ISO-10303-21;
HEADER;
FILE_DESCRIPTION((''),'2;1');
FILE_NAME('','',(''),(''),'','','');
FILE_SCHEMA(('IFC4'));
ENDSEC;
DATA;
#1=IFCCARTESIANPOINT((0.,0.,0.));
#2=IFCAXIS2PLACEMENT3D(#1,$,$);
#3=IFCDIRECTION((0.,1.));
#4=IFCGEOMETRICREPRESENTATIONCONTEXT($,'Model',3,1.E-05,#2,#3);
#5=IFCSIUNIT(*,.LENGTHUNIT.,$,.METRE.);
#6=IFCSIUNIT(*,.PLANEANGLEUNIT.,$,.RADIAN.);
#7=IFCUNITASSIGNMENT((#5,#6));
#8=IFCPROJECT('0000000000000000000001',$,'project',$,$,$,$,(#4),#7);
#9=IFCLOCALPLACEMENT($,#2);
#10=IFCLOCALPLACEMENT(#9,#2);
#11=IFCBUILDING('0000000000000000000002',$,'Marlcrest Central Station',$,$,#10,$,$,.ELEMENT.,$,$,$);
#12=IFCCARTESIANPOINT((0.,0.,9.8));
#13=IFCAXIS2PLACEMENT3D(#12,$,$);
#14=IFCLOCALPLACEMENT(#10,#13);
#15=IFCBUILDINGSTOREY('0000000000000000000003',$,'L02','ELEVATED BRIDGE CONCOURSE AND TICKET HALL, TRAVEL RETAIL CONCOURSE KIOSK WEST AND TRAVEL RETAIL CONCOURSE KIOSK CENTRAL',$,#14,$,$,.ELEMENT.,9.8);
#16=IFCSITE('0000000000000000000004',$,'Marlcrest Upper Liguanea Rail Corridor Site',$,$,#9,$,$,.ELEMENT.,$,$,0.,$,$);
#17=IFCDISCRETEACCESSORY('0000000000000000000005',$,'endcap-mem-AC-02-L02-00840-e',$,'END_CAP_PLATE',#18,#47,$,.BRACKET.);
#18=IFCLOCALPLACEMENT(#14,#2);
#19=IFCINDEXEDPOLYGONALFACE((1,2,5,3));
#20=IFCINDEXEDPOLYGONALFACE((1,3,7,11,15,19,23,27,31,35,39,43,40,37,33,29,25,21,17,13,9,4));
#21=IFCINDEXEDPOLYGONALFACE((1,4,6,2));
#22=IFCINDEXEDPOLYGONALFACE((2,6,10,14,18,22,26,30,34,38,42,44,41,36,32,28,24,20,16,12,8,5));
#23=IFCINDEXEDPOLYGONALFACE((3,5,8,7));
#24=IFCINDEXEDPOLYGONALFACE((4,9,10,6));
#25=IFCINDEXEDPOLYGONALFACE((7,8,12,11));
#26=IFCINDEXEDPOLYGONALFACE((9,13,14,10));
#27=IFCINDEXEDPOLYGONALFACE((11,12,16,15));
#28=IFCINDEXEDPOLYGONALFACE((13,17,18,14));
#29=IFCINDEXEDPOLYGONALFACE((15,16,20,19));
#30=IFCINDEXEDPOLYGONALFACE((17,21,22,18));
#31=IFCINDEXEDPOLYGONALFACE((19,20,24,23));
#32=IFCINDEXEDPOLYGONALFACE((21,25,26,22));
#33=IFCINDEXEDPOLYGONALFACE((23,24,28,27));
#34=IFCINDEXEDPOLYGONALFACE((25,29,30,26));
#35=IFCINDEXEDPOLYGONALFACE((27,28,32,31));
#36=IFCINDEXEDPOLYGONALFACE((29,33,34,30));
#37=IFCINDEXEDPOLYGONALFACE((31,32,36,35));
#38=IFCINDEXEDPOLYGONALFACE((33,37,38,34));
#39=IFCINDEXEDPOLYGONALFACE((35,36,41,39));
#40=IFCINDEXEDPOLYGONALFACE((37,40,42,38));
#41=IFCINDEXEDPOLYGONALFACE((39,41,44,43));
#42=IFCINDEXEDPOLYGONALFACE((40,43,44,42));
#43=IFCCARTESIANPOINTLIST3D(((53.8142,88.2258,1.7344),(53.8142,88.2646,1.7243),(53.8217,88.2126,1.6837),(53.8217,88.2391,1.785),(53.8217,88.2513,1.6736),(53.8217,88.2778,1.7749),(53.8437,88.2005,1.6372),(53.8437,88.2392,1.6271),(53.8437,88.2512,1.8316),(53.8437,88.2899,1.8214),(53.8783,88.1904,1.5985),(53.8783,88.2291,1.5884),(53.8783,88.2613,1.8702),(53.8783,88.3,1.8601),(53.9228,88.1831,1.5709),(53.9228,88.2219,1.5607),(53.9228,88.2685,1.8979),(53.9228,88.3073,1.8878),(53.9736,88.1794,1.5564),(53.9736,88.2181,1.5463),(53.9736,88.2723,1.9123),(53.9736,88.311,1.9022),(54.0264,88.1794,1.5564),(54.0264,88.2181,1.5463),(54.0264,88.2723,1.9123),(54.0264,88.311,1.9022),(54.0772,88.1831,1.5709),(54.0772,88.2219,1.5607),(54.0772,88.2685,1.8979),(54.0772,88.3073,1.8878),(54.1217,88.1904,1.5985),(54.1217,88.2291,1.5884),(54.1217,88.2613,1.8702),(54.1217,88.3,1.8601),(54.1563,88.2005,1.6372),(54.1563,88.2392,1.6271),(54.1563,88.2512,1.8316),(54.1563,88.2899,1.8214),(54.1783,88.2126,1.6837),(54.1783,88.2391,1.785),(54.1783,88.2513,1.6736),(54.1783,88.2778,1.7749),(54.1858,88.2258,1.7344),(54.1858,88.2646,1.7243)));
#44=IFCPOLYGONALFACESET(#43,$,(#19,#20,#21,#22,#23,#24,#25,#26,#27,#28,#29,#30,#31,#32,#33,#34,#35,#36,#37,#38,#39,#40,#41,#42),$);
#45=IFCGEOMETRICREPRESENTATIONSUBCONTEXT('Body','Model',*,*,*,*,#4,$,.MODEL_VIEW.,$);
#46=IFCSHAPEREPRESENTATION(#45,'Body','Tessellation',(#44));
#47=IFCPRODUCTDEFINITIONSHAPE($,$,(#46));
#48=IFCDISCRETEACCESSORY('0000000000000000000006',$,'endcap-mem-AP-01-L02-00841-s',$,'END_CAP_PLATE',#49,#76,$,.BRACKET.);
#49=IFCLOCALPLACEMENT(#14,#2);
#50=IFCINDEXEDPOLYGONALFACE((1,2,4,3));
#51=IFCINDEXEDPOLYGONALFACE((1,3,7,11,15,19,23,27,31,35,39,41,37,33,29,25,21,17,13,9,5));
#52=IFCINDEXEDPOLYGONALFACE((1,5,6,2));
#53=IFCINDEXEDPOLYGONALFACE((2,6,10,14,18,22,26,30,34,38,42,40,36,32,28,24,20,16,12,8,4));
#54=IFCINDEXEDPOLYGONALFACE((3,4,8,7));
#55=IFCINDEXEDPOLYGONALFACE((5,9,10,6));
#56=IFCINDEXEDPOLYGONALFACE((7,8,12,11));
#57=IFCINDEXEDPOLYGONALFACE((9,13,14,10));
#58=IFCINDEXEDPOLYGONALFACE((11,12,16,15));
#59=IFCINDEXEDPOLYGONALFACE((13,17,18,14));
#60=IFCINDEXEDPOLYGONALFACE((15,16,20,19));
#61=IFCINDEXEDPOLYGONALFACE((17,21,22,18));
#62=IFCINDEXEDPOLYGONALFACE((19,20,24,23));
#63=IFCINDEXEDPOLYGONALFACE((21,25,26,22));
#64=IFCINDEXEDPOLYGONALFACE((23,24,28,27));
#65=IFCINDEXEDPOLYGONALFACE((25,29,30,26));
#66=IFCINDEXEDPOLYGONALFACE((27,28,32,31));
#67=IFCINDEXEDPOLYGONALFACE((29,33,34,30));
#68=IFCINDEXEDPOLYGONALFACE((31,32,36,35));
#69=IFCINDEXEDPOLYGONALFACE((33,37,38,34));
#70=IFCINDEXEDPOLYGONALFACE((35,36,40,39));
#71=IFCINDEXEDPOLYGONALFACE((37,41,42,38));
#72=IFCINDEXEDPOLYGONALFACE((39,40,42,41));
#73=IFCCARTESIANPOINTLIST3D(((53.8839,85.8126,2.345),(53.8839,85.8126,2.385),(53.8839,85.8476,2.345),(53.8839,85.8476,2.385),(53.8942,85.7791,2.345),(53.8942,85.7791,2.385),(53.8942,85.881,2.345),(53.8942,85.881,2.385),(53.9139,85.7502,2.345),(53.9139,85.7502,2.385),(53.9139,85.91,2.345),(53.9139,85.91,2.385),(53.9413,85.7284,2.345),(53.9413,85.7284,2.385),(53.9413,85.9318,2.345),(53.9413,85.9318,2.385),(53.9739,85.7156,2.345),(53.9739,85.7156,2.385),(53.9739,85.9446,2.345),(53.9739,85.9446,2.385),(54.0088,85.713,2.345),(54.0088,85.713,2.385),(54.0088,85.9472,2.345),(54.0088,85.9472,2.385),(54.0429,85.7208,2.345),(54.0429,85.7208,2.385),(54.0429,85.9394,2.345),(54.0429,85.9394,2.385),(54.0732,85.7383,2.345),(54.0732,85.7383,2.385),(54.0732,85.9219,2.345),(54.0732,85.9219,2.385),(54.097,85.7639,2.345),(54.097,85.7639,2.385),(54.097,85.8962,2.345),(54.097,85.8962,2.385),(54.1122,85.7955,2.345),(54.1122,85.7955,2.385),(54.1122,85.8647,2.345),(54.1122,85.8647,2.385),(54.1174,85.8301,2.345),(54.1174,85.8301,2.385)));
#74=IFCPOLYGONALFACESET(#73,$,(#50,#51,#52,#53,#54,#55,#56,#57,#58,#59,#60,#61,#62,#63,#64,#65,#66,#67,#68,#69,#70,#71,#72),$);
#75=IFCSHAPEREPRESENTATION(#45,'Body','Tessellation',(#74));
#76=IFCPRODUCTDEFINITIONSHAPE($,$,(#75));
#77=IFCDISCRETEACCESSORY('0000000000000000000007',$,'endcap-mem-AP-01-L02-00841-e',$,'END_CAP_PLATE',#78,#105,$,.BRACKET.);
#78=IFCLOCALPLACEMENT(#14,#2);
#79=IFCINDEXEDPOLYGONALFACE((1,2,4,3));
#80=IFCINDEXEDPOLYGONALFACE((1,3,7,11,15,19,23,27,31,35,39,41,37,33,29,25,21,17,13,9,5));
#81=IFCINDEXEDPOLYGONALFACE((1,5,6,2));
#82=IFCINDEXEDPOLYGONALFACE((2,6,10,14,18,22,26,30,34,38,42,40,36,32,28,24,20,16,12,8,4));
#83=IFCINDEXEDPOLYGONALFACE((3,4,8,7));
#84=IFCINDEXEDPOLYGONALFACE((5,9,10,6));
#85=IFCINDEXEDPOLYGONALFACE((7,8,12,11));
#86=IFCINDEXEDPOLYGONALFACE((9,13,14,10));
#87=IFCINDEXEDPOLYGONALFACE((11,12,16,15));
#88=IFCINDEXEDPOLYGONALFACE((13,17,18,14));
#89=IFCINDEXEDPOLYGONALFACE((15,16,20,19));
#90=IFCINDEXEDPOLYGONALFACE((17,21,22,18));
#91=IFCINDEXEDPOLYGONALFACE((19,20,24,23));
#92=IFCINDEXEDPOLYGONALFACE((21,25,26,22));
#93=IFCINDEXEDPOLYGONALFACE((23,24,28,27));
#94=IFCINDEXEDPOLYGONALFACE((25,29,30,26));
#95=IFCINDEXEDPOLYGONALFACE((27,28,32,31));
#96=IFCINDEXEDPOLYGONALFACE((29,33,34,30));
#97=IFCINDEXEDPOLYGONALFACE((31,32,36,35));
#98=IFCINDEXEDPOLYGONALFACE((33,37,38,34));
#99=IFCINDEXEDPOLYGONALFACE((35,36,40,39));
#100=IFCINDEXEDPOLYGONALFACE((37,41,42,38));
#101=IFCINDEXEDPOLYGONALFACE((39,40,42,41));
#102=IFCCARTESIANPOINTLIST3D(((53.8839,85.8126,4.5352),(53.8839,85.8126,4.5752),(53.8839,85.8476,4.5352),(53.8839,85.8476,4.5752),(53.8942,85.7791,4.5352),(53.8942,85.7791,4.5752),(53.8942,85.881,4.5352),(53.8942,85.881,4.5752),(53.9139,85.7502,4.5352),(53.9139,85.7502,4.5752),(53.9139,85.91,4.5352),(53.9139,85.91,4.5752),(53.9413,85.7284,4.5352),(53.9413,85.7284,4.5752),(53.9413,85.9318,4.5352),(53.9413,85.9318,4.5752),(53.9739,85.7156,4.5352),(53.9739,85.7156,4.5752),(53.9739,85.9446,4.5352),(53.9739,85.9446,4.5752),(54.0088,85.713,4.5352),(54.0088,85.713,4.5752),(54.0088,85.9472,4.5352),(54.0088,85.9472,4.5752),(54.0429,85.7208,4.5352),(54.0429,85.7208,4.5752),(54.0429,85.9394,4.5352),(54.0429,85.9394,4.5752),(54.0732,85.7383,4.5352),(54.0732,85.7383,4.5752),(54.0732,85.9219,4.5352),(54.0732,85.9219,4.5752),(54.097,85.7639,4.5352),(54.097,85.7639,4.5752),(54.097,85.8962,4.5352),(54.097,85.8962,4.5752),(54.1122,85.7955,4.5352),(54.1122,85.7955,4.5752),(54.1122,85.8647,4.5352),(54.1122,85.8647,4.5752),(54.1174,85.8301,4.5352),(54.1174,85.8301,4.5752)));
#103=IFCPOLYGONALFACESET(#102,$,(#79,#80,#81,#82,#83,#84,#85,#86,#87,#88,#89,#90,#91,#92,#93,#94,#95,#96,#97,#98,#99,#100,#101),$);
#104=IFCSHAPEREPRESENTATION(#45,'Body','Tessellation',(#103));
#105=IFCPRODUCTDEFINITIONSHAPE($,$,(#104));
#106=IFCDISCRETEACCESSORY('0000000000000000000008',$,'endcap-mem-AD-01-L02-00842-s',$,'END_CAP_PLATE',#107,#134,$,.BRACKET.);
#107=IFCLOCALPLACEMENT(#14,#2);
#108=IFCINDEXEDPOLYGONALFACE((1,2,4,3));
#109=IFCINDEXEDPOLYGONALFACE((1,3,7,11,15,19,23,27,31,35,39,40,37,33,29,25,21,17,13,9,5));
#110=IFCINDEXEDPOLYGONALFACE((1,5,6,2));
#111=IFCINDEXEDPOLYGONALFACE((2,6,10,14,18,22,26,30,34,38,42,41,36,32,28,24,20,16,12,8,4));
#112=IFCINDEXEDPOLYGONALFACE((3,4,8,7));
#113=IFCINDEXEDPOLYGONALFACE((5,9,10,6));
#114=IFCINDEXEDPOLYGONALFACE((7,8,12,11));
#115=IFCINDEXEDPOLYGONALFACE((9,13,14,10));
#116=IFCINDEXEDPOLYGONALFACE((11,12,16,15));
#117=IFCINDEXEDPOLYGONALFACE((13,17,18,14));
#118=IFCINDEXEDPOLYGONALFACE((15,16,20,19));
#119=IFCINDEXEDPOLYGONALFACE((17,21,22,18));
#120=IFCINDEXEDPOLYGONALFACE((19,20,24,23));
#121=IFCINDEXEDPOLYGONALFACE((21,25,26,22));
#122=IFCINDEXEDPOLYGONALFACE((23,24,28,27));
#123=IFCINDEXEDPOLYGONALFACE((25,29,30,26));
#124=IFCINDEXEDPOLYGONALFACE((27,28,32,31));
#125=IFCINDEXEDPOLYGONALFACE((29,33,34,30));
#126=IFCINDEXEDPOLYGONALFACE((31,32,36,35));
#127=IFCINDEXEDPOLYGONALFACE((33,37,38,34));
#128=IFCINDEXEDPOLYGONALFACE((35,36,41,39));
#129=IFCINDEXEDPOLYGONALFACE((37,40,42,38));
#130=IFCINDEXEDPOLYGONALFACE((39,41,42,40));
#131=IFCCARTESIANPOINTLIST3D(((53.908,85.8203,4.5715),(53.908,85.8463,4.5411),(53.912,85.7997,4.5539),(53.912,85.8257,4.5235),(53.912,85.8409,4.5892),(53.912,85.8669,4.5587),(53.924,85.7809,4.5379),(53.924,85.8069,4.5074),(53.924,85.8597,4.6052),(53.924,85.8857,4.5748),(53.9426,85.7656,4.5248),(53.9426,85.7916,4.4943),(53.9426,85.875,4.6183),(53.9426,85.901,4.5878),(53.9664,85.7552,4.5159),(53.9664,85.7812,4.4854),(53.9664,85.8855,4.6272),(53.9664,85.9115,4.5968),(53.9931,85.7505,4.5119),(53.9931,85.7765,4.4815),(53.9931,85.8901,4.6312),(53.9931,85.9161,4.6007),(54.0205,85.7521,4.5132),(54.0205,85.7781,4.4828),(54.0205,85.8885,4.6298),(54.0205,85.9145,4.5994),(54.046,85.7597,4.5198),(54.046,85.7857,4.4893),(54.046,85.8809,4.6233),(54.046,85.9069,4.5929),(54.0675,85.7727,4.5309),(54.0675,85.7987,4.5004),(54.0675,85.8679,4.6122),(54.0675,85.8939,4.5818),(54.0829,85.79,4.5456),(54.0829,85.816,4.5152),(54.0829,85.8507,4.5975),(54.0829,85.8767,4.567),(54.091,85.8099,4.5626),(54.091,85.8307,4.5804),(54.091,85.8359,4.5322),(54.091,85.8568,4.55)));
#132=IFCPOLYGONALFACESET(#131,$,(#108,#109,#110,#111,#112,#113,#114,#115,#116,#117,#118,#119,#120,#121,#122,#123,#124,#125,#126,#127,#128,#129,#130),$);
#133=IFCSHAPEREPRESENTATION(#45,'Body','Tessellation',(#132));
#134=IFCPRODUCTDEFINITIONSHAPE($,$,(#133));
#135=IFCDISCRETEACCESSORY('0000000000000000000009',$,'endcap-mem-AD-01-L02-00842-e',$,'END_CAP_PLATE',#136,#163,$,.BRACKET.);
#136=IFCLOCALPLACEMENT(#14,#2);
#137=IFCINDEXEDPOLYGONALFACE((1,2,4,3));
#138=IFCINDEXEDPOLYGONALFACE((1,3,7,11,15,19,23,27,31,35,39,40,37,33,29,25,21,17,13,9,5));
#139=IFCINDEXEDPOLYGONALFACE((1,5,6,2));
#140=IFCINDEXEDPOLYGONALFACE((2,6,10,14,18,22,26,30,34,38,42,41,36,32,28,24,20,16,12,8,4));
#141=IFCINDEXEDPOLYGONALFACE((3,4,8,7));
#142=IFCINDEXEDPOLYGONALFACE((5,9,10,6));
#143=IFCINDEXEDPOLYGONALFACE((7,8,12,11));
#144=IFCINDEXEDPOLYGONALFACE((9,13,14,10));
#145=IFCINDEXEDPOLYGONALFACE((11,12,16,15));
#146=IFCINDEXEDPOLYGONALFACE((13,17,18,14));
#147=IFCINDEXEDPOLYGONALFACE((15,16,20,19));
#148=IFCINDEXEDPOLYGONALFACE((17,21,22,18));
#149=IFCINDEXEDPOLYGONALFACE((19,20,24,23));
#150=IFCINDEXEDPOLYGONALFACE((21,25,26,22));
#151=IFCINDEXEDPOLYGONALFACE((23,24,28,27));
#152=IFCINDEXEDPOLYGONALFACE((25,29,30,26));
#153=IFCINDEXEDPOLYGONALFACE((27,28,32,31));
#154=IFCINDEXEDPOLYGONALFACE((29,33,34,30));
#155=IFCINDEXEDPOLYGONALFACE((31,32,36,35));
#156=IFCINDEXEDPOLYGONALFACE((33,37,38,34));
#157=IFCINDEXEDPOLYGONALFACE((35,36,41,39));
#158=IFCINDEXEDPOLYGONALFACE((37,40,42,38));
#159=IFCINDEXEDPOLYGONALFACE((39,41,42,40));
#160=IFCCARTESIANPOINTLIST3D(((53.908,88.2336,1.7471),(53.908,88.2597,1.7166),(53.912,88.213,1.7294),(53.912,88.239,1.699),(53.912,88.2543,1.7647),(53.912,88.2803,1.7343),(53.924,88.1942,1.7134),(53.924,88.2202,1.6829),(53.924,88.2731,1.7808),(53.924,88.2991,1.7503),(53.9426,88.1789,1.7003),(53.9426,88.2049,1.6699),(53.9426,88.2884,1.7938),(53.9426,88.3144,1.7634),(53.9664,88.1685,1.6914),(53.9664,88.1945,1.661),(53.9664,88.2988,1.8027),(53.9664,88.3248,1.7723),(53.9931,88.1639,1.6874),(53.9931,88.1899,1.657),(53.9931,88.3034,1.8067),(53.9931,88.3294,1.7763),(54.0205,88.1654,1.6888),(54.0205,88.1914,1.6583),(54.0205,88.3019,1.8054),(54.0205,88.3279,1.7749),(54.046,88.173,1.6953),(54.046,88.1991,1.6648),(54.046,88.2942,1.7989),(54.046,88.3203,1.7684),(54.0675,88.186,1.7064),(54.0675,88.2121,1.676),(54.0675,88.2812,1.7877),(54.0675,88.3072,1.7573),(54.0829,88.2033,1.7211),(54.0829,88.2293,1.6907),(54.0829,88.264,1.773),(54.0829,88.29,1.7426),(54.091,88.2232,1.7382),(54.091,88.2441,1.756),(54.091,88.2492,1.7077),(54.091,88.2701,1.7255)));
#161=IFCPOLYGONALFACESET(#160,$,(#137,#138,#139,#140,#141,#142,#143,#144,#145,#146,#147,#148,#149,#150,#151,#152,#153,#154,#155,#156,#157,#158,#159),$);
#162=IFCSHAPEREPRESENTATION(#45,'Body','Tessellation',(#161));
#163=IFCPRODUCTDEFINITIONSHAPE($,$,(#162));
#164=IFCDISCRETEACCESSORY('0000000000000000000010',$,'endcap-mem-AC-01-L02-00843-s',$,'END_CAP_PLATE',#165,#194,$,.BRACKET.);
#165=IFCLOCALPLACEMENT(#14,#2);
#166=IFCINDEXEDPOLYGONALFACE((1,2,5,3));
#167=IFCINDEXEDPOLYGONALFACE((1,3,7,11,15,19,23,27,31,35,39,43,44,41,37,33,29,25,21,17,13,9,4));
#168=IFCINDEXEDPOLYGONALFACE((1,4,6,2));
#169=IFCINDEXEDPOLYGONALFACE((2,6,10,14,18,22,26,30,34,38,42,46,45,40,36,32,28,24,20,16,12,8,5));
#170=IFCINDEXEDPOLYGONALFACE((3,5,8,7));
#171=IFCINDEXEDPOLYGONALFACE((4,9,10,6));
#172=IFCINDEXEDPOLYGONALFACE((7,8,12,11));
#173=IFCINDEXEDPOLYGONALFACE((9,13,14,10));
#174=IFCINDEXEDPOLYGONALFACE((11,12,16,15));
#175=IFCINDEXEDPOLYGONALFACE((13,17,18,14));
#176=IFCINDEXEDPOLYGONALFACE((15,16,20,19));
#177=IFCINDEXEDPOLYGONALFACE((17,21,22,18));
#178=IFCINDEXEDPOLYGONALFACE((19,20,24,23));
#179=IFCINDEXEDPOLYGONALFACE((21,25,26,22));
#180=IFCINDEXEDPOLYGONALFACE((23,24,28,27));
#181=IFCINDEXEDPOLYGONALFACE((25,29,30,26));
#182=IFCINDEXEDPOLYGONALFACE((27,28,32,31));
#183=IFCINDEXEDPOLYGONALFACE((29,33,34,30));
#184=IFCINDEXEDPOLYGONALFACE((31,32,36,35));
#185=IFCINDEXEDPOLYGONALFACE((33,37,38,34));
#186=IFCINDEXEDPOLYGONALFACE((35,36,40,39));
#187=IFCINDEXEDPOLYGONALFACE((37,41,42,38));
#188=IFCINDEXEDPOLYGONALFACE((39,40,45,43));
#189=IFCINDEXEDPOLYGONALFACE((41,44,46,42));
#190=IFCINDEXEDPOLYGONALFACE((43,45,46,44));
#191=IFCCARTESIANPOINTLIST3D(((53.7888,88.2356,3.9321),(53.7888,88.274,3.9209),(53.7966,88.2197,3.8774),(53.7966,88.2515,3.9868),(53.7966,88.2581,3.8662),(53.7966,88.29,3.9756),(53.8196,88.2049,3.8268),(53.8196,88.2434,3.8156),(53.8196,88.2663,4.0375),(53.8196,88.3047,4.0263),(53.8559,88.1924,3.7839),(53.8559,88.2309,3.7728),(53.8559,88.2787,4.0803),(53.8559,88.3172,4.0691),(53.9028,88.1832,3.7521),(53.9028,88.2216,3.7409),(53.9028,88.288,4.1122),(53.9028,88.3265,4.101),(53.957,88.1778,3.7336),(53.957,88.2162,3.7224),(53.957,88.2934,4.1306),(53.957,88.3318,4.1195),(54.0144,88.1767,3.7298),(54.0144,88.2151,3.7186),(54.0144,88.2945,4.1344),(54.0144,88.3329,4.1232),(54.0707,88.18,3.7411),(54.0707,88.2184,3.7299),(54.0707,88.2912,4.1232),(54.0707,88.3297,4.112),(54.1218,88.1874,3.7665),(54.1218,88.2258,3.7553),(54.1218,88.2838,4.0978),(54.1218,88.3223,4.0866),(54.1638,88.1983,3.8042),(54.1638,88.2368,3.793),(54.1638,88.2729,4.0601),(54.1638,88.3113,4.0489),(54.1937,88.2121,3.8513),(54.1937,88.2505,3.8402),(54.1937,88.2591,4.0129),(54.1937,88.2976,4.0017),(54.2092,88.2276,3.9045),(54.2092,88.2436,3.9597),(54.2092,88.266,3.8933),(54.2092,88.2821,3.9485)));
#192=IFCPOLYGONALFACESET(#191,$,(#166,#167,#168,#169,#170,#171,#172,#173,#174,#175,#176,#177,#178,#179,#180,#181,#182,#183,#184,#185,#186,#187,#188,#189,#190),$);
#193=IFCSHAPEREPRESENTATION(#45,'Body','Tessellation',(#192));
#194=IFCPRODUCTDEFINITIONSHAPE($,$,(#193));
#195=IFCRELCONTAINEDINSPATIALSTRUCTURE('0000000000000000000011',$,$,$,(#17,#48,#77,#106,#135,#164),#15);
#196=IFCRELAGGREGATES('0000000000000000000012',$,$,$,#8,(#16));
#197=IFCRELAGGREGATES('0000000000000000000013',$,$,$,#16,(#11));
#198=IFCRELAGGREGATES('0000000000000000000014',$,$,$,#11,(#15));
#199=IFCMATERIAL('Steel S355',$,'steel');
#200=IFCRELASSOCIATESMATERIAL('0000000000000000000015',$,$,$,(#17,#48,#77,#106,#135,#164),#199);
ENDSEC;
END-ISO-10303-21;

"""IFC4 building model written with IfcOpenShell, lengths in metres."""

from ifc_helpers import new_model, si_unit, direction, frame, origin, origin_2d, place, context, subcontext, project, spatial, circle, extrude, material, element, save


model = new_model("IFC4")

# Units and contexts
model_context = context("Model", 3, precision=1e-05, world=origin(), true_north=direction((0.0, 1.0)))
body_context = subcontext(model_context, "Body", "Model", "MODEL_VIEW")
ifc_project = project(units=[si_unit("LENGTHUNIT", "METRE"), si_unit("PLANEANGLEUNIT", "RADIAN")], contexts=[model_context])

# Site, building, storey
site_placement = place(None, origin())
site = spatial("IfcSite", under=ifc_project, at=site_placement, Name="Marlcrest Upper Liguanea Rail Corridor Site", CompositionType="ELEMENT", RefElevation=0.0)
building_placement = place(site_placement, origin())
building = spatial("IfcBuilding", under=site, at=building_placement, Name="Marlcrest Central Station", CompositionType="ELEMENT")
storey_placement = place(building_placement, frame((0.0, 0.0, 9.8)))
storey = spatial("IfcBuildingStorey", under=building, at=storey_placement, Name="L02", Description="ELEVATED BRIDGE CONCOURSE AND TICKET HALL, TRAVEL RETAIL CONCOURSE KIOSK WEST AND TRAVEL RETAIL CONCOURSE KIOSK CENTRAL", CompositionType="ELEMENT", Elevation=9.8)

# Shared definitions
ifc_material_1 = material(Name="Steel S355", Category="steel")

# Discrete accessories
for number, where, z_axis, x_axis, name in (
    (1, (54.0, 88.2258, 1.7344), (0.0, 0.967563, -0.252629), (-1.0, 0.0, 0.0), "endcap-mem-AC-02-L02-00840-e"),
):
    element("IfcDiscreteAccessory", number, at=place(storey_placement, frame(where, z_axis=z_axis, x_axis=x_axis)), inside=storey, material=ifc_material_1, Name=name, ObjectType="END_CAP_PLATE", PredefinedType="BRACKET", context=body_context, shape_type="SweptSolid", body=[
        extrude(circle(Radius=0.1858, at=origin_2d()), origin(), (0.0, 0.0, 1.0), 0.04),
    ])
for number, where, z_axis, x_axis, name in (
    (2, (54.0, 85.8301, 2.345), (0.0, 0.0, 1.0), (1.0, 0.0, 0.0), "endcap-mem-AP-01-L02-00841-s"),
    (3, (54.0, 85.8301, 4.5352), (0.0, 0.0, 1.0), (1.0, 0.0, 0.0), "endcap-mem-AP-01-L02-00841-e"),
):
    element("IfcDiscreteAccessory", number, at=place(storey_placement, frame(where, z_axis=z_axis, x_axis=x_axis)), inside=storey, material=ifc_material_1, Name=name, ObjectType="END_CAP_PLATE", PredefinedType="BRACKET", context=body_context, shape_type="SweptSolid", body=[
        extrude(circle(Radius=0.1174, at=origin_2d()), origin(), (0.0, 0.0, 1.0), 0.04),
    ])
for number, where, z_axis, x_axis, name in (
    (4, (54.0, 85.8203, 4.5715), (0.0, 0.649625, -0.760255), (-1.0, 0.0, 0.0), "endcap-mem-AD-01-L02-00842-s"),
    (5, (54.0, 88.2336, 1.7471), (0.0, 0.649625, -0.760255), (-1.0, 0.0, 0.0), "endcap-mem-AD-01-L02-00842-e"),
):
    element("IfcDiscreteAccessory", number, at=place(storey_placement, frame(where, z_axis=z_axis, x_axis=x_axis)), inside=storey, material=ifc_material_1, Name=name, ObjectType="END_CAP_PLATE", PredefinedType="BRACKET", context=body_context, shape_type="SweptSolid", body=[
        extrude(circle(Radius=0.092, at=origin_2d()), origin(), (0.0, 0.0, 1.0), 0.04),
    ])
discrete_accessory_1_placement = place(storey_placement, frame((54.0, 88.2356, 3.9321), z_axis=(0.0, 0.96013, -0.279554), x_axis=(-1.0, 0.0, 0.0)))
element("IfcDiscreteAccessory", 6, at=discrete_accessory_1_placement, inside=storey, material=ifc_material_1, Name="endcap-mem-AC-01-L02-00843-s", ObjectType="END_CAP_PLATE", PredefinedType="BRACKET", context=body_context, shape_type="SweptSolid", body=[
    extrude(circle(Radius=0.2112, at=origin_2d()), origin(), (0.0, 0.0, 1.0), 0.04),
])

save(model, "model.ifc")
